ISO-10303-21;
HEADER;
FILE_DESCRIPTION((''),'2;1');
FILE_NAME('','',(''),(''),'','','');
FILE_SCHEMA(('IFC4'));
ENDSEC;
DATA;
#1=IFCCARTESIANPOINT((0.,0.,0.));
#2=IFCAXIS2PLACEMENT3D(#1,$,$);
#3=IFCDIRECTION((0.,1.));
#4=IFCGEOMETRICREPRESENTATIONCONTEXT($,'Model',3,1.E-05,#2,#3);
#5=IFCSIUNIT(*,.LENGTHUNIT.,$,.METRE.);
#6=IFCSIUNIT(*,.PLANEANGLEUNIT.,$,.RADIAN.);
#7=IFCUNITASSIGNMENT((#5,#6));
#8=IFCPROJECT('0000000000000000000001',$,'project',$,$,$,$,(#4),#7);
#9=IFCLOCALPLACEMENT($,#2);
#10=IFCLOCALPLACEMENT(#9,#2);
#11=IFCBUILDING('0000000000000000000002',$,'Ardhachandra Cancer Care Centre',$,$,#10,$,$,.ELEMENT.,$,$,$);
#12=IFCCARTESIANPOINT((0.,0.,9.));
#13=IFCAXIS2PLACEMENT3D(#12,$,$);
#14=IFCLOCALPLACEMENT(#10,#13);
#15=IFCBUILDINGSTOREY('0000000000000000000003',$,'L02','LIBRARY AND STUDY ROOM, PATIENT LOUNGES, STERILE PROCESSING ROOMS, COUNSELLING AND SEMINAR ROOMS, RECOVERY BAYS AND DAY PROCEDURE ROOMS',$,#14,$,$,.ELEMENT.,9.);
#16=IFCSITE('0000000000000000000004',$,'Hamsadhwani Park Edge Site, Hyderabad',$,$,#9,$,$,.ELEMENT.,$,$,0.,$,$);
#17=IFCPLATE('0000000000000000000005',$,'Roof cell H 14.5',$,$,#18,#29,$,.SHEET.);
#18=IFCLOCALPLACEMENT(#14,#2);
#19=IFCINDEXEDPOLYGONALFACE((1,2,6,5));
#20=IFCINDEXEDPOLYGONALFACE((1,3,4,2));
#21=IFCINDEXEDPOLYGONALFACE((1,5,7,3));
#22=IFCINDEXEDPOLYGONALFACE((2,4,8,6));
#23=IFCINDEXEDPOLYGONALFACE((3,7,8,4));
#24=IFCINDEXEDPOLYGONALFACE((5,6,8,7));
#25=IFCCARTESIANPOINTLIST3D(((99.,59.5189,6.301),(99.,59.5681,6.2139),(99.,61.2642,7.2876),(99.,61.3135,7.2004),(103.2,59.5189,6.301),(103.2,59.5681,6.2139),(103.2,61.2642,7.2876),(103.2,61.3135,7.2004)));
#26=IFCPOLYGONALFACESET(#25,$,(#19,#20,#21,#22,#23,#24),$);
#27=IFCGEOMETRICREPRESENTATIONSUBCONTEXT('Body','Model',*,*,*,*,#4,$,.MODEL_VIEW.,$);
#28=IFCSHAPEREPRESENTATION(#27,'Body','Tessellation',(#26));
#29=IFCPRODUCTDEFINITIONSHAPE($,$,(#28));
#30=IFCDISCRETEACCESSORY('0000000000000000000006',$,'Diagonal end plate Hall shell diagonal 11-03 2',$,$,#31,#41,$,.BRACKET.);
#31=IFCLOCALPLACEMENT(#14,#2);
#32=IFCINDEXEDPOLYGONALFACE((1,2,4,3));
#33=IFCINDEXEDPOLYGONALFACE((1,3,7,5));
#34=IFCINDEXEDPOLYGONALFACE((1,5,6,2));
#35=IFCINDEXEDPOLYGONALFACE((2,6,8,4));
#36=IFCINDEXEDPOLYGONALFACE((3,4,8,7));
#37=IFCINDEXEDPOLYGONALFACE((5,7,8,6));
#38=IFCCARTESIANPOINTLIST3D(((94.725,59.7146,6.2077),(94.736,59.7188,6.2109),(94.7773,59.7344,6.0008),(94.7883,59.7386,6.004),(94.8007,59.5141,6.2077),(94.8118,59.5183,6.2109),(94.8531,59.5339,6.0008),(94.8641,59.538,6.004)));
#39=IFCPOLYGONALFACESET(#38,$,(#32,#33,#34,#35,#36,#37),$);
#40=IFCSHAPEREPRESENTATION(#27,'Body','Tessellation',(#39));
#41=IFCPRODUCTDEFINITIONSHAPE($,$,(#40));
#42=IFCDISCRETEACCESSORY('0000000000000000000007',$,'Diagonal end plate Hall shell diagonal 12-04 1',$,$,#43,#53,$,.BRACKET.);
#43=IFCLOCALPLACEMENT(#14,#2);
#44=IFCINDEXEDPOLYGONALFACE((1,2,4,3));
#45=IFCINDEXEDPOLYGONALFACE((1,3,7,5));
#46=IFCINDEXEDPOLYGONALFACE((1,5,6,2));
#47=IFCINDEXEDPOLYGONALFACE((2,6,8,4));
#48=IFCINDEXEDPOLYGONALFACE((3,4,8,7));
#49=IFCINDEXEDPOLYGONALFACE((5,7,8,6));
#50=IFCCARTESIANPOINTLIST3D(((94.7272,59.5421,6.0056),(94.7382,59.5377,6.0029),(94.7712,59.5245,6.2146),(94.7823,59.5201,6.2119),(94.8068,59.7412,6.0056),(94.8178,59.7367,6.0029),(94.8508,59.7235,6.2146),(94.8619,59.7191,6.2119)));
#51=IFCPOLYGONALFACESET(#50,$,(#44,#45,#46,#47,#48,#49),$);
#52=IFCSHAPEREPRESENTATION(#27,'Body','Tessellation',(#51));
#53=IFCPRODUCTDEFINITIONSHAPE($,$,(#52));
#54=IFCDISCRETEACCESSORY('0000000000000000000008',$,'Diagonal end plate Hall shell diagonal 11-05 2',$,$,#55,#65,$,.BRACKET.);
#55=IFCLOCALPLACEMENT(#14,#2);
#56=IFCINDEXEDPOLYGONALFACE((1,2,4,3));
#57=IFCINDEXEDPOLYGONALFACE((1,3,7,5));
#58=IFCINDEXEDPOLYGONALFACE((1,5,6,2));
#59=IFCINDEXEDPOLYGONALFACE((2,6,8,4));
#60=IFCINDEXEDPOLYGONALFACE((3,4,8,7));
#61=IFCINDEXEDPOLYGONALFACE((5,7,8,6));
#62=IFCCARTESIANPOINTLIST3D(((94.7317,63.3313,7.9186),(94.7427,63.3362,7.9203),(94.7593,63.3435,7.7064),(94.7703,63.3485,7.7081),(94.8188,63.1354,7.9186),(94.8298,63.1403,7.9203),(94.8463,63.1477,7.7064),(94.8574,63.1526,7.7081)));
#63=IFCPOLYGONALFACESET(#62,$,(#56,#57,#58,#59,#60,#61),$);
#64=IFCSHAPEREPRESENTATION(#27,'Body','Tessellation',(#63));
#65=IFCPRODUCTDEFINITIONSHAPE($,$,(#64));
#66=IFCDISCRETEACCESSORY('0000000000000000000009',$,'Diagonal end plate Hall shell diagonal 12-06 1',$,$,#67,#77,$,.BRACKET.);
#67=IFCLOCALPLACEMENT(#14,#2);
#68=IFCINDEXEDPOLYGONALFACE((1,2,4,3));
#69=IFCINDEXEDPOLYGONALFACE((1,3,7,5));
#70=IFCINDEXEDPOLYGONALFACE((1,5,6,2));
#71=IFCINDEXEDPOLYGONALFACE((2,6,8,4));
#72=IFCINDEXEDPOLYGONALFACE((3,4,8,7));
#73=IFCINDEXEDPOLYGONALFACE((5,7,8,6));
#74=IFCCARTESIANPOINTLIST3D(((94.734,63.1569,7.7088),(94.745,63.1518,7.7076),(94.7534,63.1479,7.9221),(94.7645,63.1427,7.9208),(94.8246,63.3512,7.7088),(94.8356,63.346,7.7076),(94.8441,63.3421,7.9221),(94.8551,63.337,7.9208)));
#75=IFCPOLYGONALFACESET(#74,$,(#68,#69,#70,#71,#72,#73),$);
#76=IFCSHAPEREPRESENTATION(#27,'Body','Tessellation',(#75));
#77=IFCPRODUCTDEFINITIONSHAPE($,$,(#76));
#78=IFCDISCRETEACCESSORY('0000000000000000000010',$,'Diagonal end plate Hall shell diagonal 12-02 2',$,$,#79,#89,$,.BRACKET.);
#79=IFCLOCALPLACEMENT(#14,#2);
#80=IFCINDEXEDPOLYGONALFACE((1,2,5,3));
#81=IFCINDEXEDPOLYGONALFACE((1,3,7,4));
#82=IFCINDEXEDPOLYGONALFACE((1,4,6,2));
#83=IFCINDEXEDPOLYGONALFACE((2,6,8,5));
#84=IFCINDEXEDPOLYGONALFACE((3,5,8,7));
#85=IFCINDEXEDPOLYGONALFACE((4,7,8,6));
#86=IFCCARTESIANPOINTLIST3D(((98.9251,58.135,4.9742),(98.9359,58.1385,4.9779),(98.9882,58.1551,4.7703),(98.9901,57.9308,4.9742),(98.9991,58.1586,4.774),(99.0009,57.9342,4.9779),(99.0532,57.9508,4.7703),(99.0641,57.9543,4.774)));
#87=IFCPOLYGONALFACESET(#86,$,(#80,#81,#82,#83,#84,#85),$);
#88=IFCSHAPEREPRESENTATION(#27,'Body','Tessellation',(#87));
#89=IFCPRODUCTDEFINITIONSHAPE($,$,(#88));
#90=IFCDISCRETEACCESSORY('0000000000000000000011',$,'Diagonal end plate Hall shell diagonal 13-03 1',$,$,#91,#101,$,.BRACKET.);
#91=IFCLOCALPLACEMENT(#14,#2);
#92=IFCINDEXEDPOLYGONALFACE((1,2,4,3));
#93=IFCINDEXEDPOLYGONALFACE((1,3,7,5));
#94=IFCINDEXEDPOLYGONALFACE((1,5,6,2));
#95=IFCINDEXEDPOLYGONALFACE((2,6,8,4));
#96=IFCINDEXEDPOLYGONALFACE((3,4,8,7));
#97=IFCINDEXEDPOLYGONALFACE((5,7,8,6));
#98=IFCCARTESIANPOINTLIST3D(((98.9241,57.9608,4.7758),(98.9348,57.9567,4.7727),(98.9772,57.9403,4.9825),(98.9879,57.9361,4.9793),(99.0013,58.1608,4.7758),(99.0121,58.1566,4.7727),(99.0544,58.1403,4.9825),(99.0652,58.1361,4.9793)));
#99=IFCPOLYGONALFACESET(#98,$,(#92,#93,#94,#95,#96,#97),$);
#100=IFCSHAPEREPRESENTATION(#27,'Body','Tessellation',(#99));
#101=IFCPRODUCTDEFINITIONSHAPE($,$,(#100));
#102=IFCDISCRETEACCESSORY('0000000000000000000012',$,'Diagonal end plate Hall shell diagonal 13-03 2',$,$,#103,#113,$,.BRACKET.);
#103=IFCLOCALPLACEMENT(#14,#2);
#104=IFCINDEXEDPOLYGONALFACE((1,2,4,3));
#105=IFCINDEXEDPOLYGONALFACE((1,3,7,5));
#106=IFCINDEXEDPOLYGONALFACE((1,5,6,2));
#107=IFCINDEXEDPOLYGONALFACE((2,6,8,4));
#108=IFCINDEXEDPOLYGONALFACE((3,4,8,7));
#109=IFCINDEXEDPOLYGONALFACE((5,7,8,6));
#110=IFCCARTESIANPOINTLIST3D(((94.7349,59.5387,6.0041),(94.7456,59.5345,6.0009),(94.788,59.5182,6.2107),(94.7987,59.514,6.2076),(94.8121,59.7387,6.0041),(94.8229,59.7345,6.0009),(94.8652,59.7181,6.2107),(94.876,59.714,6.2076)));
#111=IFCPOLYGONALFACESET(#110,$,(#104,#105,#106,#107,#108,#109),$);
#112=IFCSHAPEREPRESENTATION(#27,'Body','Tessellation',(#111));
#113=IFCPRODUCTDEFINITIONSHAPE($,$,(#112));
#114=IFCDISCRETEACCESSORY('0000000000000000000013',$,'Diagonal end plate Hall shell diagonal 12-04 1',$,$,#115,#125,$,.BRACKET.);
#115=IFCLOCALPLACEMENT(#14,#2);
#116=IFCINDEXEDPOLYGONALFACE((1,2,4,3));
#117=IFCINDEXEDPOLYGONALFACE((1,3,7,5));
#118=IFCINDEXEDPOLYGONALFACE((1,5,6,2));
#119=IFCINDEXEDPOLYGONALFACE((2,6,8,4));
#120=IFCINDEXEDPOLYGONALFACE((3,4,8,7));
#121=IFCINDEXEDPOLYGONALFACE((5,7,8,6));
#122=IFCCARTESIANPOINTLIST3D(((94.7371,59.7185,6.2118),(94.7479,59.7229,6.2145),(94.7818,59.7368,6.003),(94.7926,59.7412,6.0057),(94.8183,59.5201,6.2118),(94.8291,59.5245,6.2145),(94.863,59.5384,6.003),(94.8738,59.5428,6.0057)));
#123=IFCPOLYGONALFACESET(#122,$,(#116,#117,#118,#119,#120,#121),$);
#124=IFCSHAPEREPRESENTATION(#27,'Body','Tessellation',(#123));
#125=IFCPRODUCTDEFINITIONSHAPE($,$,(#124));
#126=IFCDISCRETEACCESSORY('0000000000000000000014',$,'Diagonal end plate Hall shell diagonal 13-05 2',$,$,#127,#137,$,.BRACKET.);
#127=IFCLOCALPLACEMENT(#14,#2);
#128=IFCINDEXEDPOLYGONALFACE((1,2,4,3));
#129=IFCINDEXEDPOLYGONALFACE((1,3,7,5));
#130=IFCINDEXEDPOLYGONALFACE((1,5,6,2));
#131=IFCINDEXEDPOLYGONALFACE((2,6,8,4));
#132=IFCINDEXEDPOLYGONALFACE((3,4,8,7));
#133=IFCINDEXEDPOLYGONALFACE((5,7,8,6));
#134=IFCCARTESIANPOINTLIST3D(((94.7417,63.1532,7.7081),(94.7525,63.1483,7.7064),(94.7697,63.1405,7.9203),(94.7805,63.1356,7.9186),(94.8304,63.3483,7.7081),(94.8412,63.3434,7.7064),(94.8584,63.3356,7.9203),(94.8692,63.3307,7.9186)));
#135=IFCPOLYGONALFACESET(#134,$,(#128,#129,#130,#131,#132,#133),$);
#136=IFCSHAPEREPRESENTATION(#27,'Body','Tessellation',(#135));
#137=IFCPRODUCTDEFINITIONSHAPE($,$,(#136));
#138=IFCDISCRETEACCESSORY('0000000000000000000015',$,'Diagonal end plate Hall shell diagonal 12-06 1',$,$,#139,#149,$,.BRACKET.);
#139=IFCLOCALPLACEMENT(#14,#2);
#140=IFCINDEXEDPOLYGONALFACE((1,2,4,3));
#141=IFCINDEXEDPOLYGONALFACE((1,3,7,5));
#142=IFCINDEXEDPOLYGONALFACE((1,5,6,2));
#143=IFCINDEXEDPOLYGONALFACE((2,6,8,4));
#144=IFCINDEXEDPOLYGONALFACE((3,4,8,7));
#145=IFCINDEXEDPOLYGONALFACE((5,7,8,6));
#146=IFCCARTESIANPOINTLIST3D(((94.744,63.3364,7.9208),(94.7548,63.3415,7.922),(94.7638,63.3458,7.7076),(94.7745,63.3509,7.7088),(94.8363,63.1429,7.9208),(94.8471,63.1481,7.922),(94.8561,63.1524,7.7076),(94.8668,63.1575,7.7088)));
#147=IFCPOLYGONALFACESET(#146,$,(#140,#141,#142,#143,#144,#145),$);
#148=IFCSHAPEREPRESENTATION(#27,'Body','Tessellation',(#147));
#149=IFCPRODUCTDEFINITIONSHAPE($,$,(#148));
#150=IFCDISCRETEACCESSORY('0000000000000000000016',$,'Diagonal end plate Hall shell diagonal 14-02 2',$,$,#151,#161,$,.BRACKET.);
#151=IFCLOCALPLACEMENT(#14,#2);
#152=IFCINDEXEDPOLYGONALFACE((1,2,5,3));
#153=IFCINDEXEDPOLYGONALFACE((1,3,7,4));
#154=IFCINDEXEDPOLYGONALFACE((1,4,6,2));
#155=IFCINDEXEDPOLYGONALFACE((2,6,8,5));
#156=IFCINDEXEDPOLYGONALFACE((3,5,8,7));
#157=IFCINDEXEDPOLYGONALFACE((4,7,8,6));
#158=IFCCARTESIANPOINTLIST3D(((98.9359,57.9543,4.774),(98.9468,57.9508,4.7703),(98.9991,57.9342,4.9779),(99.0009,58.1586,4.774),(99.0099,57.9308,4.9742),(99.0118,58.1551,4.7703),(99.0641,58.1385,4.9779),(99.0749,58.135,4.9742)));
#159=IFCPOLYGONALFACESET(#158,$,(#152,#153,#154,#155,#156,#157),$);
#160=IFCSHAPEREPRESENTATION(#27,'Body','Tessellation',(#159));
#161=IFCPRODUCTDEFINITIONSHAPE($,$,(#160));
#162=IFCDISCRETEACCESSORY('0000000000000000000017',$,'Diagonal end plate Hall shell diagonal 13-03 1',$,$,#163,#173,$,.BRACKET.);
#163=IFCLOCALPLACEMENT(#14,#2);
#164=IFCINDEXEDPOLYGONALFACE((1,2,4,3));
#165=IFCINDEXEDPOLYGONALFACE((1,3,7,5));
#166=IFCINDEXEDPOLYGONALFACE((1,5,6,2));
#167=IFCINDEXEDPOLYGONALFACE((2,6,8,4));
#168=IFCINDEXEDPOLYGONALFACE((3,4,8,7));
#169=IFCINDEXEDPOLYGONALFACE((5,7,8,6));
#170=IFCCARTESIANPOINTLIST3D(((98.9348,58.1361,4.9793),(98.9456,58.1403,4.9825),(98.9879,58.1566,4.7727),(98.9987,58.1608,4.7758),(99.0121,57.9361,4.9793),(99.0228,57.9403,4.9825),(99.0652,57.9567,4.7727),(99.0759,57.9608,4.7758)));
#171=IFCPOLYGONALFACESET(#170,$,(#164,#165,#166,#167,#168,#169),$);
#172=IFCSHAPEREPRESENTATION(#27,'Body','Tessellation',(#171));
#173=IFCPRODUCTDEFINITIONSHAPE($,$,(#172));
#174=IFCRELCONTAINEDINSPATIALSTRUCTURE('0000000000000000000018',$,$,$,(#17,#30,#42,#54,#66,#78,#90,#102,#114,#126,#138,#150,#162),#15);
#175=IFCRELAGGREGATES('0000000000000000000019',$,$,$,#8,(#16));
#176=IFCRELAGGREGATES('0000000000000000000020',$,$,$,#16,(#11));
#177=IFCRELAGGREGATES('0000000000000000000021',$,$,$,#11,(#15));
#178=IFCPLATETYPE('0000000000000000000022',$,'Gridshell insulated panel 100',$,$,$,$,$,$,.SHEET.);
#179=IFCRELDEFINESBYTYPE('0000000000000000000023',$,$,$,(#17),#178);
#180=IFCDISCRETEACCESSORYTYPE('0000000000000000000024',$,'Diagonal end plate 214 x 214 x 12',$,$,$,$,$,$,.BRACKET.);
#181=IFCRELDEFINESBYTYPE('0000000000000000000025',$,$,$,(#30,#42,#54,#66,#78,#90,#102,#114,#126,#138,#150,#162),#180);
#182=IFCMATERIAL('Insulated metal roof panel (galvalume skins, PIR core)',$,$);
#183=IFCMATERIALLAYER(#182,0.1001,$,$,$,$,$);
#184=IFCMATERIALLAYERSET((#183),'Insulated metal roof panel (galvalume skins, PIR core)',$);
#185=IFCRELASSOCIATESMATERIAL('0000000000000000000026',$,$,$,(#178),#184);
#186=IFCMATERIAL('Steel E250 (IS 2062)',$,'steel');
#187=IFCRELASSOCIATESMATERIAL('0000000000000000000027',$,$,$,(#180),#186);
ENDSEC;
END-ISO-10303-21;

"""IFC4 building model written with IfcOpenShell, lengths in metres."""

from ifc_helpers import new_model, si_unit, direction, frame, origin, origin_2d, place, context, subcontext, project, spatial, polyline, rectangle, outline, extrude, material, layer, layer_set, material_profile, profile_set, type_object, element, save


model = new_model("IFC4")

# Units and contexts
model_context = context("Model", 3, precision=1e-05, world=origin(), true_north=direction((0.0, 1.0)))
body_context = subcontext(model_context, "Body", "Model", "MODEL_VIEW")
ifc_project = project(units=[si_unit("LENGTHUNIT", "METRE"), si_unit("PLANEANGLEUNIT", "RADIAN")], contexts=[model_context])

# Site, building, storey
site_placement = place(None, origin())
site = spatial("IfcSite", under=ifc_project, at=site_placement, Name="Hamsadhwani Park Edge Site, Hyderabad", CompositionType="ELEMENT", RefElevation=0.0)
building_placement = place(site_placement, origin())
building = spatial("IfcBuilding", under=site, at=building_placement, Name="Ardhachandra Cancer Care Centre", CompositionType="ELEMENT")
storey_placement = place(building_placement, frame((0.0, 0.0, 9.0)))
storey = spatial("IfcBuildingStorey", under=building, at=storey_placement, Name="L02", Description="LIBRARY AND STUDY ROOM, PATIENT LOUNGES, STERILE PROCESSING ROOMS, COUNSELLING AND SEMINAR ROOMS, RECOVERY BAYS AND DAY PROCEDURE ROOMS", CompositionType="ELEMENT", Elevation=9.0)

# Plate
ifc_material_1 = material(Name="Insulated metal roof panel (galvalume skins, PIR core)")
ifc_layer_1 = layer(ifc_material_1, 0.1001)
ifc_layer_set_1 = layer_set([ifc_layer_1], Name="Insulated metal roof panel (galvalume skins, PIR core)")
plate_type_1 = type_object("IfcPlateType", Name="Gridshell insulated panel 100", PredefinedType="SHEET", material=ifc_layer_set_1)
for number, where, z_axis, x_axis, name in (
    (1, (99.0, 59.5681, 6.2139), (0.0, -0.492081, 0.870549), (1.0, 0.0, 0.0), "Roof cell H 14.5"),
):
    element("IfcPlate", number, at=place(storey_placement, frame(where, z_axis=z_axis, x_axis=x_axis)), inside=storey, type_object=plate_type_1, Name=name, PredefinedType="SHEET", context=body_context, shape_type="SweptSolid", body=[
        extrude(outline(polyline([(0.0, 0.0), (4.2, 0.0), (4.2, 2.0049), (0.0, 2.0049), (0.0, 0.0)])), origin(), (0.0, 0.0, 1.0), 0.1001),
    ])

# Discrete accessories
ifc_material_2 = material(Name="Steel E250 (IS 2062)", Category="steel")
ifc_material_profile_1 = material_profile(ifc_material_2, rectangle(XDim=0.2144, YDim=0.2144, at=origin_2d()), Name="PL 214x214x12")
ifc_profile_set_1 = profile_set([ifc_material_profile_1], Name="Steel E250 (IS 2062)")
discrete_accessory_type = type_object("IfcDiscreteAccessoryType", Name="Diagonal end plate 214 x 214 x 12", PredefinedType="BRACKET", material=ifc_profile_set_1)
for number, where, z_axis, x_axis, name in (
    (2, (94.8, 59.6284, 6.1074), (-0.903076, -0.341162, -0.260889), (0.353401, -0.935472, 0.0), "Diagonal end plate Hall shell diagonal 11-03 2"),
    (3, (94.8, 59.6284, 6.1074), (-0.905449, 0.36218, 0.221332), (-0.371391, -0.928477, 0.0), "Diagonal end plate Hall shell diagonal 12-04 1"),
    (4, (94.8, 63.2444, 7.8142), (-0.904717, -0.402096, -0.140734), (0.406138, -0.913812, 0.0), "Diagonal end plate Hall shell diagonal 11-05 2"),
    (5, (94.8, 63.2444, 7.8142), (-0.901624, 0.420758, 0.10018), (-0.422885, -0.906183, 0.0), "Diagonal end plate Hall shell diagonal 12-06 1"),
):
    element("IfcDiscreteAccessory", number, at=place(storey_placement, frame(where, z_axis=z_axis, x_axis=x_axis)), inside=storey, type_object=discrete_accessory_type, Name=name, PredefinedType="BRACKET", context=body_context, shape_type="SweptSolid", body=[
        extrude(rectangle(XDim=0.2144, YDim=0.2144, at=origin_2d()), origin(), (0.0, 0.0, 1.0), 0.0122),
    ])
for number, where, z_axis, x_axis, name in (
    (6, (99.0, 58.0464, 4.876), (-0.906302, -0.288369, -0.308967), (0.303204, -0.952926, 0.0), "Diagonal end plate Hall shell diagonal 12-02 2"),
    (7, (99.0, 58.0464, 4.876), (-0.899271, 0.347446, 0.265694), (-0.360399, -0.932798, 0.0), "Diagonal end plate Hall shell diagonal 13-03 1"),
    (8, (94.8, 59.6284, 6.1074), (0.899271, -0.347446, -0.265694), (0.360399, 0.932798, 0.0), "Diagonal end plate Hall shell diagonal 13-03 2"),
    (9, (94.8, 59.6284, 6.1074), (0.901723, 0.368887, 0.225431), (-0.378633, 0.925547, 0.0), "Diagonal end plate Hall shell diagonal 12-04 1"),
    (10, (94.8, 63.2444, 7.8142), (0.900966, -0.40953, -0.143336), (0.413803, 0.910366, 0.0), "Diagonal end plate Hall shell diagonal 13-05 2"),
    (11, (94.8, 63.2444, 7.8142), (0.897772, 0.428482, 0.10202), (-0.43073, 0.902481, 0.0), "Diagonal end plate Hall shell diagonal 12-06 1"),
    (12, (99.0, 58.0464, 4.876), (0.906302, -0.288369, -0.308967), (0.303204, 0.952926, 0.0), "Diagonal end plate Hall shell diagonal 14-02 2"),
    (13, (99.0, 58.0464, 4.876), (0.899271, 0.347446, 0.265694), (-0.360399, 0.932798, 0.0), "Diagonal end plate Hall shell diagonal 13-03 1"),
):
    element("IfcDiscreteAccessory", number, at=place(storey_placement, frame(where, z_axis=z_axis, x_axis=x_axis)), inside=storey, type_object=discrete_accessory_type, Name=name, PredefinedType="BRACKET", context=body_context, shape_type="SweptSolid", body=[
        extrude(rectangle(XDim=0.2144, YDim=0.2144, at=origin_2d()), origin(), (0.0, 0.0, 1.0), 0.012),
    ])

save(model, "model.ifc")
